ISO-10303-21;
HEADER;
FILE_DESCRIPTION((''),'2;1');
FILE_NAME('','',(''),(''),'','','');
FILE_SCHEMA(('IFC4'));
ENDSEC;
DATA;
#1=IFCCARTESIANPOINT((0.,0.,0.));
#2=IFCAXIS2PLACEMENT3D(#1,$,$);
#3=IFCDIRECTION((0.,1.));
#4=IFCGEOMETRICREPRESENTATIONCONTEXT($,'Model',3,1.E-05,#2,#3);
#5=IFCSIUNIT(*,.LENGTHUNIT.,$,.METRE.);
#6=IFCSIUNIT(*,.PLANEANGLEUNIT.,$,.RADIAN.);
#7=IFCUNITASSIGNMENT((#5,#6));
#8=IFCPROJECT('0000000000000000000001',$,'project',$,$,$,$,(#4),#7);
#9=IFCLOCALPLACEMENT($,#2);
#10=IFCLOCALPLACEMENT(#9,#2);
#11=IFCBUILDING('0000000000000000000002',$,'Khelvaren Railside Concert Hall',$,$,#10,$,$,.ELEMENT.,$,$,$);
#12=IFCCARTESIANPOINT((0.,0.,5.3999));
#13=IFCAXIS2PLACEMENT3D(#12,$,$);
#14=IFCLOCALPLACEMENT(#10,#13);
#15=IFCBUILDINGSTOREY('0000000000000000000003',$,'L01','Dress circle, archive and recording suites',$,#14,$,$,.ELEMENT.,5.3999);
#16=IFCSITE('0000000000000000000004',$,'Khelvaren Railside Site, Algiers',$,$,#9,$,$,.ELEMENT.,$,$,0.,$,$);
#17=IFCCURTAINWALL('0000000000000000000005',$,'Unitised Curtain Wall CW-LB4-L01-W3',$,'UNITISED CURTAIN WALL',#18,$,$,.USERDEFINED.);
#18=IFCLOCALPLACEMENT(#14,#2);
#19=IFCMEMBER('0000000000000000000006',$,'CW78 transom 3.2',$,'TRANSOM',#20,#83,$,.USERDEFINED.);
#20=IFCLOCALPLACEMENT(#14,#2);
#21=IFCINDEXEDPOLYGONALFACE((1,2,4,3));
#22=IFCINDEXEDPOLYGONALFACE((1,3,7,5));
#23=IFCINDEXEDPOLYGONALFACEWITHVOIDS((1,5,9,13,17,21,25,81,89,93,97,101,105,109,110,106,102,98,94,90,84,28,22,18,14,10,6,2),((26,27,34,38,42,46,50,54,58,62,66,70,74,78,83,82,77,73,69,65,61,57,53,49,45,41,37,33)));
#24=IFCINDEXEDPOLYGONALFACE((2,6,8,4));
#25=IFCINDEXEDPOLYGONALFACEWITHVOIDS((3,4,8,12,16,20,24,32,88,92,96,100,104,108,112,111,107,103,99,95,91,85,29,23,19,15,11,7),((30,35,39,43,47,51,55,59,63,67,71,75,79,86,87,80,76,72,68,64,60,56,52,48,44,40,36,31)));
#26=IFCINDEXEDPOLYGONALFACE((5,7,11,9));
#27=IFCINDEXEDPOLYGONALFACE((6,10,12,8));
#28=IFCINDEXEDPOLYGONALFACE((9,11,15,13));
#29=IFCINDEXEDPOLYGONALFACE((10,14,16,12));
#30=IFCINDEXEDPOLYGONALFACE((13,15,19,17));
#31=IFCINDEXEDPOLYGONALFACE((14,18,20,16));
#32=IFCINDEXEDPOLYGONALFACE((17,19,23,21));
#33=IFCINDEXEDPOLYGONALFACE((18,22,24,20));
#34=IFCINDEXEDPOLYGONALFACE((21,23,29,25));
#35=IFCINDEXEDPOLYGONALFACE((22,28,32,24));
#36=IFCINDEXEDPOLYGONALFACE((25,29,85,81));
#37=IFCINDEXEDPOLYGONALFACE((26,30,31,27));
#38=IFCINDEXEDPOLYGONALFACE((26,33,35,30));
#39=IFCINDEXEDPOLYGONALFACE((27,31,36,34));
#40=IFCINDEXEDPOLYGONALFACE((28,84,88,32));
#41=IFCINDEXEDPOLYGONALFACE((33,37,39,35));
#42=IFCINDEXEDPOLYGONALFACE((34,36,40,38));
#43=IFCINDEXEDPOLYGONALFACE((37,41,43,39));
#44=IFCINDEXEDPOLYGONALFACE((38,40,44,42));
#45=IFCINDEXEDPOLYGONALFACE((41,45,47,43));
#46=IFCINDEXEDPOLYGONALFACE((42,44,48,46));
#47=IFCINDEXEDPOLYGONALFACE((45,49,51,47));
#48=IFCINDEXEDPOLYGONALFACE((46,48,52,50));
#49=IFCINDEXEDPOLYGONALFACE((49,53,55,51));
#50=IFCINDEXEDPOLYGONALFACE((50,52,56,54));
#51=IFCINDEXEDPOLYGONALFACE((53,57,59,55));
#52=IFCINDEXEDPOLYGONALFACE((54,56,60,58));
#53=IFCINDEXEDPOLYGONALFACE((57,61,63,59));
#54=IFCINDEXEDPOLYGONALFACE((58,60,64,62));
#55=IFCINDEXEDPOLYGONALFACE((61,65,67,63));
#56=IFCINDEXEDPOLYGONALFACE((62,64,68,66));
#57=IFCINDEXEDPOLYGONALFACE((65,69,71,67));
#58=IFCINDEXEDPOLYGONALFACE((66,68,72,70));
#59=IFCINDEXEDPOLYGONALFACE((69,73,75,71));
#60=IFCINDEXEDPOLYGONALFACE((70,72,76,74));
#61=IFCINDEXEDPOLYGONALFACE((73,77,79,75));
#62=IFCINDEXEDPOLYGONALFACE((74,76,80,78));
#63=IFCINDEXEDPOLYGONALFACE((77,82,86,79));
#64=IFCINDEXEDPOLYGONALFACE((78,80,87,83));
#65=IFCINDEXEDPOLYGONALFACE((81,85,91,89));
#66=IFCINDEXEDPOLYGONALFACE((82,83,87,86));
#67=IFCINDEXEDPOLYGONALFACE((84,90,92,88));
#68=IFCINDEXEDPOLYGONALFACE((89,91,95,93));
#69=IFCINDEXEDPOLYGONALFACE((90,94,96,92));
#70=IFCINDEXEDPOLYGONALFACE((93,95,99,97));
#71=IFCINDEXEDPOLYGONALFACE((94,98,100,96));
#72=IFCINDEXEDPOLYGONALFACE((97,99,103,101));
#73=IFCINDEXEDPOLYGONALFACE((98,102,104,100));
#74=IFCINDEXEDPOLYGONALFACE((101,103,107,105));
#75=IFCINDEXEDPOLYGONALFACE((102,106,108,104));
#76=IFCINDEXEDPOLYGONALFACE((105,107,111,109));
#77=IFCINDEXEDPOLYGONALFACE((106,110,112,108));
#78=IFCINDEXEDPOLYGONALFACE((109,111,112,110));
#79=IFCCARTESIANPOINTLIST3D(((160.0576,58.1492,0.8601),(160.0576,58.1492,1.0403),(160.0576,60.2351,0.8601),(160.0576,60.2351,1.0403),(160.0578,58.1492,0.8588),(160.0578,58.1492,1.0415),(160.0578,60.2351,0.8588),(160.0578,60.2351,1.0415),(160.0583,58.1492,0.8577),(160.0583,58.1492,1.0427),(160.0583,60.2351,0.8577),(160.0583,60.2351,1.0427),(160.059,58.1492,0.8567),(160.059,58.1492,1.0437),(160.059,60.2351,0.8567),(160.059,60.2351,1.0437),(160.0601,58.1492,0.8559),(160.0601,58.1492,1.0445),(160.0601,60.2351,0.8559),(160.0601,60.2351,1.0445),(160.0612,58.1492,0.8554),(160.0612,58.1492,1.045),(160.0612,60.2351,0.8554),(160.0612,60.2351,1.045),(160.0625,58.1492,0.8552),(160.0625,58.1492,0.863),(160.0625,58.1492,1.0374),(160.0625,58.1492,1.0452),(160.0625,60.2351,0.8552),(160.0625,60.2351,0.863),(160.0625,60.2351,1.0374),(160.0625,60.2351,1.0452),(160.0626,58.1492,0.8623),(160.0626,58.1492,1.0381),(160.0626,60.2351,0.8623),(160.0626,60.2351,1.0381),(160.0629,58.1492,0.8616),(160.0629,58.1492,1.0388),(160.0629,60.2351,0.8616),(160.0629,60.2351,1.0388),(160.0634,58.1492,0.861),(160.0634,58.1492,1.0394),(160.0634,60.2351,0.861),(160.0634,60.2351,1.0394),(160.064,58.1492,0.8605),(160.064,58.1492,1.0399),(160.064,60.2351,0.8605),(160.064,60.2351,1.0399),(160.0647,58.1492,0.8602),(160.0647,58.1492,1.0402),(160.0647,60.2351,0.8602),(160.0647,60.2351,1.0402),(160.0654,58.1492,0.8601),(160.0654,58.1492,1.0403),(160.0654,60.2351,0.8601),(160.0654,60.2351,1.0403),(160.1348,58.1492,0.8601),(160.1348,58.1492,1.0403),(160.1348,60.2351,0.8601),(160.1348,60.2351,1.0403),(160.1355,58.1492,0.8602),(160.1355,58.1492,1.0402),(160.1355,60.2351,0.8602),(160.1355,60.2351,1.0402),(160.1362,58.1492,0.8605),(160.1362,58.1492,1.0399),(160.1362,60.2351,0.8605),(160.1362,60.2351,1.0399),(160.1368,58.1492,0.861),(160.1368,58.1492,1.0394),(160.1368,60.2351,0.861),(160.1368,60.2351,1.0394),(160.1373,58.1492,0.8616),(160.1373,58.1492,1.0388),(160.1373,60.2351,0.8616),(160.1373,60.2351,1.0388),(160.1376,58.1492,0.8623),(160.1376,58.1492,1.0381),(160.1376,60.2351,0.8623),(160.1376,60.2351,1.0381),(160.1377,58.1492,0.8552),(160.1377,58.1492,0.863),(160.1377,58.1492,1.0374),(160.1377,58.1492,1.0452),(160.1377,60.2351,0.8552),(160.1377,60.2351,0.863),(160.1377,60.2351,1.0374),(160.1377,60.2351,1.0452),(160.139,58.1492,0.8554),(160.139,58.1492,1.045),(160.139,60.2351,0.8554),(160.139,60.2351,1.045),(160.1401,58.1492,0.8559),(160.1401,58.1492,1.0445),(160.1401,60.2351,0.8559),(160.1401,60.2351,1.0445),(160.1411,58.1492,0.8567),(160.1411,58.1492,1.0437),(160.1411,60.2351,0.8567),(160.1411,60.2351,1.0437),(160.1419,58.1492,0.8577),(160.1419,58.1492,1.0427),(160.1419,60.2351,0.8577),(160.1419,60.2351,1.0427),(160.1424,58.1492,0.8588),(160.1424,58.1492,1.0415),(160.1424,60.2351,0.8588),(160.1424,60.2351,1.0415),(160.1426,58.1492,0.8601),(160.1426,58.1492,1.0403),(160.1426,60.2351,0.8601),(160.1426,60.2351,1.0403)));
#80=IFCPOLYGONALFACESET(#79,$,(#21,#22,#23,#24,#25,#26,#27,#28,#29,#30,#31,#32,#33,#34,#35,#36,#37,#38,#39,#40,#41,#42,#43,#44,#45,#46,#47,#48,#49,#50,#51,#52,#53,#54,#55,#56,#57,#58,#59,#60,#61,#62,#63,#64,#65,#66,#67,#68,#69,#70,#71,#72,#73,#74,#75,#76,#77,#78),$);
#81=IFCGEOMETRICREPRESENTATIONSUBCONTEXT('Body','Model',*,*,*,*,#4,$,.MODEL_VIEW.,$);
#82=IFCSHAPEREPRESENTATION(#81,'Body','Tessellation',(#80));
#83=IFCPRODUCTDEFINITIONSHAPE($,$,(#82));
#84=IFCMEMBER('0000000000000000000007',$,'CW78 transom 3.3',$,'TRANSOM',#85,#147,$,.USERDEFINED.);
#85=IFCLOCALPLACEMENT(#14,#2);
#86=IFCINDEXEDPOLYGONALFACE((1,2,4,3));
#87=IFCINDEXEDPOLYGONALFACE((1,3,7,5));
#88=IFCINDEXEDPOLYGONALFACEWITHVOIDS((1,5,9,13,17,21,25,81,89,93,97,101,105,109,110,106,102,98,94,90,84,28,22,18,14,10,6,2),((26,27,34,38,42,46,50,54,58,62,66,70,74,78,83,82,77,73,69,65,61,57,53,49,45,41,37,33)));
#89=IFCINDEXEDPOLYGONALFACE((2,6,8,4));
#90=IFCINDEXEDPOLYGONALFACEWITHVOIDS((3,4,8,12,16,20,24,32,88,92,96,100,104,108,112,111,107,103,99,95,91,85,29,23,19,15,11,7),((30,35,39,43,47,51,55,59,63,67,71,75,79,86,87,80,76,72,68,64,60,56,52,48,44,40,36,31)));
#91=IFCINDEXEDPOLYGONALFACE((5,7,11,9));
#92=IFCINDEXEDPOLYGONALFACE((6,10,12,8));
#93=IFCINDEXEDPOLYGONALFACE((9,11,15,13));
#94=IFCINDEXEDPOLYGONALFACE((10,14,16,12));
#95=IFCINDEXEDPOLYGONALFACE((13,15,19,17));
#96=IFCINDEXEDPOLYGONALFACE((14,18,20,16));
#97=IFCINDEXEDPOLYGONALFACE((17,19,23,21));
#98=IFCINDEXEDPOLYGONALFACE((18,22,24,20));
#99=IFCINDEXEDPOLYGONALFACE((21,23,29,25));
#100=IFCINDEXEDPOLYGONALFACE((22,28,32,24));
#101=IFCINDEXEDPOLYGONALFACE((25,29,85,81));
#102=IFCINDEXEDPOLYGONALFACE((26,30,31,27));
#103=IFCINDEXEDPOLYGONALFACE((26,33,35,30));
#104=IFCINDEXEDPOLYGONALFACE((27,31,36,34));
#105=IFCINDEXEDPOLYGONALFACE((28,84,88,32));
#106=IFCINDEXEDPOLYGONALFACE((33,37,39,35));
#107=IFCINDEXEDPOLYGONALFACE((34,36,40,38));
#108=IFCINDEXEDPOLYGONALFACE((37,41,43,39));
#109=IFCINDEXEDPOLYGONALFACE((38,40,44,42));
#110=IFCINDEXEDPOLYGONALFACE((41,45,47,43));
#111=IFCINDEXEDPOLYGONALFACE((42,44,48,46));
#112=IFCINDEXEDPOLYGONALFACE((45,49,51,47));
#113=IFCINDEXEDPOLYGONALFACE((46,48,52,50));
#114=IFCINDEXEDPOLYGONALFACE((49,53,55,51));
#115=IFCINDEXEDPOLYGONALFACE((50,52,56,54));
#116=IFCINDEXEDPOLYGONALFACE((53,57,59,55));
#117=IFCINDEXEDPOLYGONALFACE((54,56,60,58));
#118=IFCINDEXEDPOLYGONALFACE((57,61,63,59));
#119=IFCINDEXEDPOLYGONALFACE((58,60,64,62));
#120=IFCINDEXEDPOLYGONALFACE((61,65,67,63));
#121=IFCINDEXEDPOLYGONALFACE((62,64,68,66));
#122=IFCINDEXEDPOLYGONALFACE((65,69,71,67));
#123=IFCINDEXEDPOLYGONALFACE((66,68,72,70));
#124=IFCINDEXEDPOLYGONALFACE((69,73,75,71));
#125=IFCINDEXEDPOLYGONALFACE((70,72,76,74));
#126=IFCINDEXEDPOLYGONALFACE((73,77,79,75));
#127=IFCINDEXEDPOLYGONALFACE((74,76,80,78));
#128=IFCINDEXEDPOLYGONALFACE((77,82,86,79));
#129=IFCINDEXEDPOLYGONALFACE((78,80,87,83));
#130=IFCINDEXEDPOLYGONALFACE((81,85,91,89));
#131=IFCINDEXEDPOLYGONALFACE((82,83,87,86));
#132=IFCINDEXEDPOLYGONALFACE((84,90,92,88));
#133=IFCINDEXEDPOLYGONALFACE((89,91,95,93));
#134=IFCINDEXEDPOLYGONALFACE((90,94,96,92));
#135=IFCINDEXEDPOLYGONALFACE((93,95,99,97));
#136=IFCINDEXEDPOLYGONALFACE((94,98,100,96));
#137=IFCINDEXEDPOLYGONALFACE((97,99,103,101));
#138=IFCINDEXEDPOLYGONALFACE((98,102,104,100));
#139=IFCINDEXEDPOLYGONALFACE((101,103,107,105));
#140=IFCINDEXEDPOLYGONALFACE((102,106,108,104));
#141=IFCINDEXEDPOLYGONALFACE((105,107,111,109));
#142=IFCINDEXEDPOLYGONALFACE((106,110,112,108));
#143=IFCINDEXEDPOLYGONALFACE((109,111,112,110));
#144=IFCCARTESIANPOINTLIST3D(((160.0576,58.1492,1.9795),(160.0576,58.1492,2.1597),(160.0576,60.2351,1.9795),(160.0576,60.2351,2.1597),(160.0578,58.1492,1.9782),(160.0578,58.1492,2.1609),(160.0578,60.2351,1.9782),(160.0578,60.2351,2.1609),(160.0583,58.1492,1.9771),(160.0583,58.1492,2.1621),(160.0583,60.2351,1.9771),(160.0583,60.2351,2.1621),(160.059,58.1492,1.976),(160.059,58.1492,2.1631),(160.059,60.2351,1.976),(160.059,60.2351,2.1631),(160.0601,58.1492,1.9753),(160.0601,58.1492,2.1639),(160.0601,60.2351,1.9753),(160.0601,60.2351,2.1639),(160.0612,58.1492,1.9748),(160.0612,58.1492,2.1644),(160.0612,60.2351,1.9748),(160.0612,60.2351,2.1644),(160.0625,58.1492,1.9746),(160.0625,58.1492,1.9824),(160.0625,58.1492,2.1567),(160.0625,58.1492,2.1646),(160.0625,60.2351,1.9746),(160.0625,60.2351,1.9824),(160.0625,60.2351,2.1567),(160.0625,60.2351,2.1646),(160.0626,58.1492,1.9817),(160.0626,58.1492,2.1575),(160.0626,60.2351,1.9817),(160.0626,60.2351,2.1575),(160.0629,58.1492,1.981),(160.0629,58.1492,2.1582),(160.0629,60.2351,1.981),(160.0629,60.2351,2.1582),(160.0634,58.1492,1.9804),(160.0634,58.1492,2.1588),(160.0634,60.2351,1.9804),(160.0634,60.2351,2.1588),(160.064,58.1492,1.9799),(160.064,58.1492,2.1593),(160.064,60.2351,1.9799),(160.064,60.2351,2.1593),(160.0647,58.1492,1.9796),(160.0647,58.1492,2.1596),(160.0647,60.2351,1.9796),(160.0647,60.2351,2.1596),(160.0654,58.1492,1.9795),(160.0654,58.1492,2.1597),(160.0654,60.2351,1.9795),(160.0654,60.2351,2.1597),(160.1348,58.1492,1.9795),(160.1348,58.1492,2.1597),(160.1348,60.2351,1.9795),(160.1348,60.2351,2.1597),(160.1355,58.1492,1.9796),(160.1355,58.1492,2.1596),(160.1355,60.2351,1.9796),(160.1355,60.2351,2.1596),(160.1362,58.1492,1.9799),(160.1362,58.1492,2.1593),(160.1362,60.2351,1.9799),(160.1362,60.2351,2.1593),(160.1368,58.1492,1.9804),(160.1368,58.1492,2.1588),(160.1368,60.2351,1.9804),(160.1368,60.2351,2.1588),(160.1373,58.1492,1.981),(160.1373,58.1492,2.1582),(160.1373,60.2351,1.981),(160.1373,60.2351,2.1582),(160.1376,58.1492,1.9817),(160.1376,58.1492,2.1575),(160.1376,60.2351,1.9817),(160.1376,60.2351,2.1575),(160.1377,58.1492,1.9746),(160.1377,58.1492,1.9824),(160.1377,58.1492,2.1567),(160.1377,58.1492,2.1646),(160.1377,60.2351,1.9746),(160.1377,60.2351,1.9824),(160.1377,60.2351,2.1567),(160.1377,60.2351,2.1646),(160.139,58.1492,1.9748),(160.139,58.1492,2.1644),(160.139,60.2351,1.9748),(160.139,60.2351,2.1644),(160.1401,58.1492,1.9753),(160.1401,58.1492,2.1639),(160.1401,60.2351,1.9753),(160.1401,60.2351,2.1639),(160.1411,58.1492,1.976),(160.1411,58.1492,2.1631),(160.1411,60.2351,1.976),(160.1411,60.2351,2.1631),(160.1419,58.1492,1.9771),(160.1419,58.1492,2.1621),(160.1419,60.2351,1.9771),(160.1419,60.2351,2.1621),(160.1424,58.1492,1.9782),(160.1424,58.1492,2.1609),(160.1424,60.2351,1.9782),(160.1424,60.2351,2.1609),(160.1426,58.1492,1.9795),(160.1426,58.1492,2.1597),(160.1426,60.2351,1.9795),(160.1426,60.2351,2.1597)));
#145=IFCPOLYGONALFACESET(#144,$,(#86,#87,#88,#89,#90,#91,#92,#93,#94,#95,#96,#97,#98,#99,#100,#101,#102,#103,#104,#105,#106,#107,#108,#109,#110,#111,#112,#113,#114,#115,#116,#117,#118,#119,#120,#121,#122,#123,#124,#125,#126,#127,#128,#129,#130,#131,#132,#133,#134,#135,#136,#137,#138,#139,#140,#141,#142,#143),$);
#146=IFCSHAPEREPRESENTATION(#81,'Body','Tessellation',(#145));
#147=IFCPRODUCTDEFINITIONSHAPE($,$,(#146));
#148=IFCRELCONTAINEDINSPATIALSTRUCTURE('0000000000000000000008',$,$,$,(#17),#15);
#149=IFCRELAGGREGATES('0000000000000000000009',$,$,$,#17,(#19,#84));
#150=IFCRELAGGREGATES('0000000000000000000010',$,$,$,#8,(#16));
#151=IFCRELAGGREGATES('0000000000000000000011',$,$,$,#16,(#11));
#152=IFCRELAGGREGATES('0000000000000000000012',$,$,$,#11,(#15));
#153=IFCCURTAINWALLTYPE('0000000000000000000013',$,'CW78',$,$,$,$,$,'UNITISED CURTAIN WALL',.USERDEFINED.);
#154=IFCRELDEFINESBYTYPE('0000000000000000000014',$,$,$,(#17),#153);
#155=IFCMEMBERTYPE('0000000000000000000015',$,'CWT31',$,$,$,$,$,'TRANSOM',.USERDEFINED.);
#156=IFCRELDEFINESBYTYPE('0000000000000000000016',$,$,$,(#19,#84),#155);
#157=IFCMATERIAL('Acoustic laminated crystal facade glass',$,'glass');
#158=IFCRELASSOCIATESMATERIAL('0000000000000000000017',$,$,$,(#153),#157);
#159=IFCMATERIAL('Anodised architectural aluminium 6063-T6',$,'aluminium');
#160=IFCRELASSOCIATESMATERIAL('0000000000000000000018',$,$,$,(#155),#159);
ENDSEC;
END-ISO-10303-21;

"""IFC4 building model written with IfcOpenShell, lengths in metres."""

from ifc_helpers import new_model, si_unit, direction, frame, origin, origin_2d, place, context, subcontext, project, spatial, hollow_rectangle, extrude, material, material_profile, profile_set, type_object, element, aggregate, save


model = new_model("IFC4")

# Units and contexts
model_context = context("Model", 3, precision=1e-05, world=origin(), true_north=direction((0.0, 1.0)))
body_context = subcontext(model_context, "Body", "Model", "MODEL_VIEW")
ifc_project = project(units=[si_unit("LENGTHUNIT", "METRE"), si_unit("PLANEANGLEUNIT", "RADIAN")], contexts=[model_context])

# Site, building, storey
site_placement = place(None, origin())
site = spatial("IfcSite", under=ifc_project, at=site_placement, Name="Khelvaren Railside Site, Algiers", CompositionType="ELEMENT", RefElevation=0.0)
building_placement = place(site_placement, origin())
building = spatial("IfcBuilding", under=site, at=building_placement, Name="Khelvaren Railside Concert Hall", CompositionType="ELEMENT")
storey_placement = place(building_placement, frame((0.0, 0.0, 5.3999)))
storey = spatial("IfcBuildingStorey", under=building, at=storey_placement, Name="L01", Description="Dress circle, archive and recording suites", CompositionType="ELEMENT", Elevation=5.3999)

# Curtain wall, members
ifc_material_1 = material(Name="Acoustic laminated crystal facade glass", Category="glass")
curtain_wall_type = type_object("IfcCurtainWallType", Name="CW78", ElementType="UNITISED CURTAIN WALL", PredefinedType="USERDEFINED", material=ifc_material_1)
curtain_wall_placement = place(storey_placement, origin())
curtain_wall = element("IfcCurtainWall", 1, at=curtain_wall_placement, inside=storey, type_object=curtain_wall_type, Name="Unitised Curtain Wall CW-LB4-L01-W3", ObjectType="UNITISED CURTAIN WALL", PredefinedType="USERDEFINED")
ifc_material_2 = material(Name="Anodised architectural aluminium 6063-T6", Category="aluminium")
ifc_material_profile_1 = material_profile(ifc_material_2, hollow_rectangle(XDim=0.085, YDim=0.1899, WallThickness=0.0049, InnerFilletRadius=0.0029, OuterFilletRadius=0.0049, at=origin_2d()), Name="CWT 85x190x5")
ifc_profile_set_1 = profile_set([ifc_material_profile_1], Name="Anodised architectural aluminium 6063-T6")
member_type_1 = type_object("IfcMemberType", Name="CWT31", ElementType="TRANSOM", PredefinedType="USERDEFINED", material=ifc_profile_set_1)
member_1_placement = place(storey_placement, frame((160.1001, 58.1492, 0.9502), z_axis=(0.0, 1.0, 0.0), x_axis=(-1.0, 0.0, 0.0)))
member_1 = element("IfcMember", 2, at=member_1_placement, type_object=member_type_1, Name="CW78 transom 3.2", ObjectType="TRANSOM", PredefinedType="USERDEFINED", context=body_context, shape_type="SweptSolid", body=[
    extrude(hollow_rectangle(XDim=0.085, YDim=0.1899, WallThickness=0.0049, InnerFilletRadius=0.0029, OuterFilletRadius=0.0049, at=origin_2d()), origin(), (0.0, 0.0, 1.0), 2.0859),
])
member_2_placement = place(storey_placement, frame((160.1001, 58.1492, 2.0696), z_axis=(0.0, 1.0, 0.0), x_axis=(-1.0, 0.0, 0.0)))
member_2 = element("IfcMember", 3, at=member_2_placement, type_object=member_type_1, Name="CW78 transom 3.3", ObjectType="TRANSOM", PredefinedType="USERDEFINED", context=body_context, shape_type="SweptSolid", body=[
    extrude(hollow_rectangle(XDim=0.085, YDim=0.1899, WallThickness=0.0049, InnerFilletRadius=0.0029, OuterFilletRadius=0.0049, at=origin_2d()), origin(), (0.0, 0.0, 1.0), 2.0859),
])

aggregate(curtain_wall, [member_1, member_2])

save(model, "model.ifc")
